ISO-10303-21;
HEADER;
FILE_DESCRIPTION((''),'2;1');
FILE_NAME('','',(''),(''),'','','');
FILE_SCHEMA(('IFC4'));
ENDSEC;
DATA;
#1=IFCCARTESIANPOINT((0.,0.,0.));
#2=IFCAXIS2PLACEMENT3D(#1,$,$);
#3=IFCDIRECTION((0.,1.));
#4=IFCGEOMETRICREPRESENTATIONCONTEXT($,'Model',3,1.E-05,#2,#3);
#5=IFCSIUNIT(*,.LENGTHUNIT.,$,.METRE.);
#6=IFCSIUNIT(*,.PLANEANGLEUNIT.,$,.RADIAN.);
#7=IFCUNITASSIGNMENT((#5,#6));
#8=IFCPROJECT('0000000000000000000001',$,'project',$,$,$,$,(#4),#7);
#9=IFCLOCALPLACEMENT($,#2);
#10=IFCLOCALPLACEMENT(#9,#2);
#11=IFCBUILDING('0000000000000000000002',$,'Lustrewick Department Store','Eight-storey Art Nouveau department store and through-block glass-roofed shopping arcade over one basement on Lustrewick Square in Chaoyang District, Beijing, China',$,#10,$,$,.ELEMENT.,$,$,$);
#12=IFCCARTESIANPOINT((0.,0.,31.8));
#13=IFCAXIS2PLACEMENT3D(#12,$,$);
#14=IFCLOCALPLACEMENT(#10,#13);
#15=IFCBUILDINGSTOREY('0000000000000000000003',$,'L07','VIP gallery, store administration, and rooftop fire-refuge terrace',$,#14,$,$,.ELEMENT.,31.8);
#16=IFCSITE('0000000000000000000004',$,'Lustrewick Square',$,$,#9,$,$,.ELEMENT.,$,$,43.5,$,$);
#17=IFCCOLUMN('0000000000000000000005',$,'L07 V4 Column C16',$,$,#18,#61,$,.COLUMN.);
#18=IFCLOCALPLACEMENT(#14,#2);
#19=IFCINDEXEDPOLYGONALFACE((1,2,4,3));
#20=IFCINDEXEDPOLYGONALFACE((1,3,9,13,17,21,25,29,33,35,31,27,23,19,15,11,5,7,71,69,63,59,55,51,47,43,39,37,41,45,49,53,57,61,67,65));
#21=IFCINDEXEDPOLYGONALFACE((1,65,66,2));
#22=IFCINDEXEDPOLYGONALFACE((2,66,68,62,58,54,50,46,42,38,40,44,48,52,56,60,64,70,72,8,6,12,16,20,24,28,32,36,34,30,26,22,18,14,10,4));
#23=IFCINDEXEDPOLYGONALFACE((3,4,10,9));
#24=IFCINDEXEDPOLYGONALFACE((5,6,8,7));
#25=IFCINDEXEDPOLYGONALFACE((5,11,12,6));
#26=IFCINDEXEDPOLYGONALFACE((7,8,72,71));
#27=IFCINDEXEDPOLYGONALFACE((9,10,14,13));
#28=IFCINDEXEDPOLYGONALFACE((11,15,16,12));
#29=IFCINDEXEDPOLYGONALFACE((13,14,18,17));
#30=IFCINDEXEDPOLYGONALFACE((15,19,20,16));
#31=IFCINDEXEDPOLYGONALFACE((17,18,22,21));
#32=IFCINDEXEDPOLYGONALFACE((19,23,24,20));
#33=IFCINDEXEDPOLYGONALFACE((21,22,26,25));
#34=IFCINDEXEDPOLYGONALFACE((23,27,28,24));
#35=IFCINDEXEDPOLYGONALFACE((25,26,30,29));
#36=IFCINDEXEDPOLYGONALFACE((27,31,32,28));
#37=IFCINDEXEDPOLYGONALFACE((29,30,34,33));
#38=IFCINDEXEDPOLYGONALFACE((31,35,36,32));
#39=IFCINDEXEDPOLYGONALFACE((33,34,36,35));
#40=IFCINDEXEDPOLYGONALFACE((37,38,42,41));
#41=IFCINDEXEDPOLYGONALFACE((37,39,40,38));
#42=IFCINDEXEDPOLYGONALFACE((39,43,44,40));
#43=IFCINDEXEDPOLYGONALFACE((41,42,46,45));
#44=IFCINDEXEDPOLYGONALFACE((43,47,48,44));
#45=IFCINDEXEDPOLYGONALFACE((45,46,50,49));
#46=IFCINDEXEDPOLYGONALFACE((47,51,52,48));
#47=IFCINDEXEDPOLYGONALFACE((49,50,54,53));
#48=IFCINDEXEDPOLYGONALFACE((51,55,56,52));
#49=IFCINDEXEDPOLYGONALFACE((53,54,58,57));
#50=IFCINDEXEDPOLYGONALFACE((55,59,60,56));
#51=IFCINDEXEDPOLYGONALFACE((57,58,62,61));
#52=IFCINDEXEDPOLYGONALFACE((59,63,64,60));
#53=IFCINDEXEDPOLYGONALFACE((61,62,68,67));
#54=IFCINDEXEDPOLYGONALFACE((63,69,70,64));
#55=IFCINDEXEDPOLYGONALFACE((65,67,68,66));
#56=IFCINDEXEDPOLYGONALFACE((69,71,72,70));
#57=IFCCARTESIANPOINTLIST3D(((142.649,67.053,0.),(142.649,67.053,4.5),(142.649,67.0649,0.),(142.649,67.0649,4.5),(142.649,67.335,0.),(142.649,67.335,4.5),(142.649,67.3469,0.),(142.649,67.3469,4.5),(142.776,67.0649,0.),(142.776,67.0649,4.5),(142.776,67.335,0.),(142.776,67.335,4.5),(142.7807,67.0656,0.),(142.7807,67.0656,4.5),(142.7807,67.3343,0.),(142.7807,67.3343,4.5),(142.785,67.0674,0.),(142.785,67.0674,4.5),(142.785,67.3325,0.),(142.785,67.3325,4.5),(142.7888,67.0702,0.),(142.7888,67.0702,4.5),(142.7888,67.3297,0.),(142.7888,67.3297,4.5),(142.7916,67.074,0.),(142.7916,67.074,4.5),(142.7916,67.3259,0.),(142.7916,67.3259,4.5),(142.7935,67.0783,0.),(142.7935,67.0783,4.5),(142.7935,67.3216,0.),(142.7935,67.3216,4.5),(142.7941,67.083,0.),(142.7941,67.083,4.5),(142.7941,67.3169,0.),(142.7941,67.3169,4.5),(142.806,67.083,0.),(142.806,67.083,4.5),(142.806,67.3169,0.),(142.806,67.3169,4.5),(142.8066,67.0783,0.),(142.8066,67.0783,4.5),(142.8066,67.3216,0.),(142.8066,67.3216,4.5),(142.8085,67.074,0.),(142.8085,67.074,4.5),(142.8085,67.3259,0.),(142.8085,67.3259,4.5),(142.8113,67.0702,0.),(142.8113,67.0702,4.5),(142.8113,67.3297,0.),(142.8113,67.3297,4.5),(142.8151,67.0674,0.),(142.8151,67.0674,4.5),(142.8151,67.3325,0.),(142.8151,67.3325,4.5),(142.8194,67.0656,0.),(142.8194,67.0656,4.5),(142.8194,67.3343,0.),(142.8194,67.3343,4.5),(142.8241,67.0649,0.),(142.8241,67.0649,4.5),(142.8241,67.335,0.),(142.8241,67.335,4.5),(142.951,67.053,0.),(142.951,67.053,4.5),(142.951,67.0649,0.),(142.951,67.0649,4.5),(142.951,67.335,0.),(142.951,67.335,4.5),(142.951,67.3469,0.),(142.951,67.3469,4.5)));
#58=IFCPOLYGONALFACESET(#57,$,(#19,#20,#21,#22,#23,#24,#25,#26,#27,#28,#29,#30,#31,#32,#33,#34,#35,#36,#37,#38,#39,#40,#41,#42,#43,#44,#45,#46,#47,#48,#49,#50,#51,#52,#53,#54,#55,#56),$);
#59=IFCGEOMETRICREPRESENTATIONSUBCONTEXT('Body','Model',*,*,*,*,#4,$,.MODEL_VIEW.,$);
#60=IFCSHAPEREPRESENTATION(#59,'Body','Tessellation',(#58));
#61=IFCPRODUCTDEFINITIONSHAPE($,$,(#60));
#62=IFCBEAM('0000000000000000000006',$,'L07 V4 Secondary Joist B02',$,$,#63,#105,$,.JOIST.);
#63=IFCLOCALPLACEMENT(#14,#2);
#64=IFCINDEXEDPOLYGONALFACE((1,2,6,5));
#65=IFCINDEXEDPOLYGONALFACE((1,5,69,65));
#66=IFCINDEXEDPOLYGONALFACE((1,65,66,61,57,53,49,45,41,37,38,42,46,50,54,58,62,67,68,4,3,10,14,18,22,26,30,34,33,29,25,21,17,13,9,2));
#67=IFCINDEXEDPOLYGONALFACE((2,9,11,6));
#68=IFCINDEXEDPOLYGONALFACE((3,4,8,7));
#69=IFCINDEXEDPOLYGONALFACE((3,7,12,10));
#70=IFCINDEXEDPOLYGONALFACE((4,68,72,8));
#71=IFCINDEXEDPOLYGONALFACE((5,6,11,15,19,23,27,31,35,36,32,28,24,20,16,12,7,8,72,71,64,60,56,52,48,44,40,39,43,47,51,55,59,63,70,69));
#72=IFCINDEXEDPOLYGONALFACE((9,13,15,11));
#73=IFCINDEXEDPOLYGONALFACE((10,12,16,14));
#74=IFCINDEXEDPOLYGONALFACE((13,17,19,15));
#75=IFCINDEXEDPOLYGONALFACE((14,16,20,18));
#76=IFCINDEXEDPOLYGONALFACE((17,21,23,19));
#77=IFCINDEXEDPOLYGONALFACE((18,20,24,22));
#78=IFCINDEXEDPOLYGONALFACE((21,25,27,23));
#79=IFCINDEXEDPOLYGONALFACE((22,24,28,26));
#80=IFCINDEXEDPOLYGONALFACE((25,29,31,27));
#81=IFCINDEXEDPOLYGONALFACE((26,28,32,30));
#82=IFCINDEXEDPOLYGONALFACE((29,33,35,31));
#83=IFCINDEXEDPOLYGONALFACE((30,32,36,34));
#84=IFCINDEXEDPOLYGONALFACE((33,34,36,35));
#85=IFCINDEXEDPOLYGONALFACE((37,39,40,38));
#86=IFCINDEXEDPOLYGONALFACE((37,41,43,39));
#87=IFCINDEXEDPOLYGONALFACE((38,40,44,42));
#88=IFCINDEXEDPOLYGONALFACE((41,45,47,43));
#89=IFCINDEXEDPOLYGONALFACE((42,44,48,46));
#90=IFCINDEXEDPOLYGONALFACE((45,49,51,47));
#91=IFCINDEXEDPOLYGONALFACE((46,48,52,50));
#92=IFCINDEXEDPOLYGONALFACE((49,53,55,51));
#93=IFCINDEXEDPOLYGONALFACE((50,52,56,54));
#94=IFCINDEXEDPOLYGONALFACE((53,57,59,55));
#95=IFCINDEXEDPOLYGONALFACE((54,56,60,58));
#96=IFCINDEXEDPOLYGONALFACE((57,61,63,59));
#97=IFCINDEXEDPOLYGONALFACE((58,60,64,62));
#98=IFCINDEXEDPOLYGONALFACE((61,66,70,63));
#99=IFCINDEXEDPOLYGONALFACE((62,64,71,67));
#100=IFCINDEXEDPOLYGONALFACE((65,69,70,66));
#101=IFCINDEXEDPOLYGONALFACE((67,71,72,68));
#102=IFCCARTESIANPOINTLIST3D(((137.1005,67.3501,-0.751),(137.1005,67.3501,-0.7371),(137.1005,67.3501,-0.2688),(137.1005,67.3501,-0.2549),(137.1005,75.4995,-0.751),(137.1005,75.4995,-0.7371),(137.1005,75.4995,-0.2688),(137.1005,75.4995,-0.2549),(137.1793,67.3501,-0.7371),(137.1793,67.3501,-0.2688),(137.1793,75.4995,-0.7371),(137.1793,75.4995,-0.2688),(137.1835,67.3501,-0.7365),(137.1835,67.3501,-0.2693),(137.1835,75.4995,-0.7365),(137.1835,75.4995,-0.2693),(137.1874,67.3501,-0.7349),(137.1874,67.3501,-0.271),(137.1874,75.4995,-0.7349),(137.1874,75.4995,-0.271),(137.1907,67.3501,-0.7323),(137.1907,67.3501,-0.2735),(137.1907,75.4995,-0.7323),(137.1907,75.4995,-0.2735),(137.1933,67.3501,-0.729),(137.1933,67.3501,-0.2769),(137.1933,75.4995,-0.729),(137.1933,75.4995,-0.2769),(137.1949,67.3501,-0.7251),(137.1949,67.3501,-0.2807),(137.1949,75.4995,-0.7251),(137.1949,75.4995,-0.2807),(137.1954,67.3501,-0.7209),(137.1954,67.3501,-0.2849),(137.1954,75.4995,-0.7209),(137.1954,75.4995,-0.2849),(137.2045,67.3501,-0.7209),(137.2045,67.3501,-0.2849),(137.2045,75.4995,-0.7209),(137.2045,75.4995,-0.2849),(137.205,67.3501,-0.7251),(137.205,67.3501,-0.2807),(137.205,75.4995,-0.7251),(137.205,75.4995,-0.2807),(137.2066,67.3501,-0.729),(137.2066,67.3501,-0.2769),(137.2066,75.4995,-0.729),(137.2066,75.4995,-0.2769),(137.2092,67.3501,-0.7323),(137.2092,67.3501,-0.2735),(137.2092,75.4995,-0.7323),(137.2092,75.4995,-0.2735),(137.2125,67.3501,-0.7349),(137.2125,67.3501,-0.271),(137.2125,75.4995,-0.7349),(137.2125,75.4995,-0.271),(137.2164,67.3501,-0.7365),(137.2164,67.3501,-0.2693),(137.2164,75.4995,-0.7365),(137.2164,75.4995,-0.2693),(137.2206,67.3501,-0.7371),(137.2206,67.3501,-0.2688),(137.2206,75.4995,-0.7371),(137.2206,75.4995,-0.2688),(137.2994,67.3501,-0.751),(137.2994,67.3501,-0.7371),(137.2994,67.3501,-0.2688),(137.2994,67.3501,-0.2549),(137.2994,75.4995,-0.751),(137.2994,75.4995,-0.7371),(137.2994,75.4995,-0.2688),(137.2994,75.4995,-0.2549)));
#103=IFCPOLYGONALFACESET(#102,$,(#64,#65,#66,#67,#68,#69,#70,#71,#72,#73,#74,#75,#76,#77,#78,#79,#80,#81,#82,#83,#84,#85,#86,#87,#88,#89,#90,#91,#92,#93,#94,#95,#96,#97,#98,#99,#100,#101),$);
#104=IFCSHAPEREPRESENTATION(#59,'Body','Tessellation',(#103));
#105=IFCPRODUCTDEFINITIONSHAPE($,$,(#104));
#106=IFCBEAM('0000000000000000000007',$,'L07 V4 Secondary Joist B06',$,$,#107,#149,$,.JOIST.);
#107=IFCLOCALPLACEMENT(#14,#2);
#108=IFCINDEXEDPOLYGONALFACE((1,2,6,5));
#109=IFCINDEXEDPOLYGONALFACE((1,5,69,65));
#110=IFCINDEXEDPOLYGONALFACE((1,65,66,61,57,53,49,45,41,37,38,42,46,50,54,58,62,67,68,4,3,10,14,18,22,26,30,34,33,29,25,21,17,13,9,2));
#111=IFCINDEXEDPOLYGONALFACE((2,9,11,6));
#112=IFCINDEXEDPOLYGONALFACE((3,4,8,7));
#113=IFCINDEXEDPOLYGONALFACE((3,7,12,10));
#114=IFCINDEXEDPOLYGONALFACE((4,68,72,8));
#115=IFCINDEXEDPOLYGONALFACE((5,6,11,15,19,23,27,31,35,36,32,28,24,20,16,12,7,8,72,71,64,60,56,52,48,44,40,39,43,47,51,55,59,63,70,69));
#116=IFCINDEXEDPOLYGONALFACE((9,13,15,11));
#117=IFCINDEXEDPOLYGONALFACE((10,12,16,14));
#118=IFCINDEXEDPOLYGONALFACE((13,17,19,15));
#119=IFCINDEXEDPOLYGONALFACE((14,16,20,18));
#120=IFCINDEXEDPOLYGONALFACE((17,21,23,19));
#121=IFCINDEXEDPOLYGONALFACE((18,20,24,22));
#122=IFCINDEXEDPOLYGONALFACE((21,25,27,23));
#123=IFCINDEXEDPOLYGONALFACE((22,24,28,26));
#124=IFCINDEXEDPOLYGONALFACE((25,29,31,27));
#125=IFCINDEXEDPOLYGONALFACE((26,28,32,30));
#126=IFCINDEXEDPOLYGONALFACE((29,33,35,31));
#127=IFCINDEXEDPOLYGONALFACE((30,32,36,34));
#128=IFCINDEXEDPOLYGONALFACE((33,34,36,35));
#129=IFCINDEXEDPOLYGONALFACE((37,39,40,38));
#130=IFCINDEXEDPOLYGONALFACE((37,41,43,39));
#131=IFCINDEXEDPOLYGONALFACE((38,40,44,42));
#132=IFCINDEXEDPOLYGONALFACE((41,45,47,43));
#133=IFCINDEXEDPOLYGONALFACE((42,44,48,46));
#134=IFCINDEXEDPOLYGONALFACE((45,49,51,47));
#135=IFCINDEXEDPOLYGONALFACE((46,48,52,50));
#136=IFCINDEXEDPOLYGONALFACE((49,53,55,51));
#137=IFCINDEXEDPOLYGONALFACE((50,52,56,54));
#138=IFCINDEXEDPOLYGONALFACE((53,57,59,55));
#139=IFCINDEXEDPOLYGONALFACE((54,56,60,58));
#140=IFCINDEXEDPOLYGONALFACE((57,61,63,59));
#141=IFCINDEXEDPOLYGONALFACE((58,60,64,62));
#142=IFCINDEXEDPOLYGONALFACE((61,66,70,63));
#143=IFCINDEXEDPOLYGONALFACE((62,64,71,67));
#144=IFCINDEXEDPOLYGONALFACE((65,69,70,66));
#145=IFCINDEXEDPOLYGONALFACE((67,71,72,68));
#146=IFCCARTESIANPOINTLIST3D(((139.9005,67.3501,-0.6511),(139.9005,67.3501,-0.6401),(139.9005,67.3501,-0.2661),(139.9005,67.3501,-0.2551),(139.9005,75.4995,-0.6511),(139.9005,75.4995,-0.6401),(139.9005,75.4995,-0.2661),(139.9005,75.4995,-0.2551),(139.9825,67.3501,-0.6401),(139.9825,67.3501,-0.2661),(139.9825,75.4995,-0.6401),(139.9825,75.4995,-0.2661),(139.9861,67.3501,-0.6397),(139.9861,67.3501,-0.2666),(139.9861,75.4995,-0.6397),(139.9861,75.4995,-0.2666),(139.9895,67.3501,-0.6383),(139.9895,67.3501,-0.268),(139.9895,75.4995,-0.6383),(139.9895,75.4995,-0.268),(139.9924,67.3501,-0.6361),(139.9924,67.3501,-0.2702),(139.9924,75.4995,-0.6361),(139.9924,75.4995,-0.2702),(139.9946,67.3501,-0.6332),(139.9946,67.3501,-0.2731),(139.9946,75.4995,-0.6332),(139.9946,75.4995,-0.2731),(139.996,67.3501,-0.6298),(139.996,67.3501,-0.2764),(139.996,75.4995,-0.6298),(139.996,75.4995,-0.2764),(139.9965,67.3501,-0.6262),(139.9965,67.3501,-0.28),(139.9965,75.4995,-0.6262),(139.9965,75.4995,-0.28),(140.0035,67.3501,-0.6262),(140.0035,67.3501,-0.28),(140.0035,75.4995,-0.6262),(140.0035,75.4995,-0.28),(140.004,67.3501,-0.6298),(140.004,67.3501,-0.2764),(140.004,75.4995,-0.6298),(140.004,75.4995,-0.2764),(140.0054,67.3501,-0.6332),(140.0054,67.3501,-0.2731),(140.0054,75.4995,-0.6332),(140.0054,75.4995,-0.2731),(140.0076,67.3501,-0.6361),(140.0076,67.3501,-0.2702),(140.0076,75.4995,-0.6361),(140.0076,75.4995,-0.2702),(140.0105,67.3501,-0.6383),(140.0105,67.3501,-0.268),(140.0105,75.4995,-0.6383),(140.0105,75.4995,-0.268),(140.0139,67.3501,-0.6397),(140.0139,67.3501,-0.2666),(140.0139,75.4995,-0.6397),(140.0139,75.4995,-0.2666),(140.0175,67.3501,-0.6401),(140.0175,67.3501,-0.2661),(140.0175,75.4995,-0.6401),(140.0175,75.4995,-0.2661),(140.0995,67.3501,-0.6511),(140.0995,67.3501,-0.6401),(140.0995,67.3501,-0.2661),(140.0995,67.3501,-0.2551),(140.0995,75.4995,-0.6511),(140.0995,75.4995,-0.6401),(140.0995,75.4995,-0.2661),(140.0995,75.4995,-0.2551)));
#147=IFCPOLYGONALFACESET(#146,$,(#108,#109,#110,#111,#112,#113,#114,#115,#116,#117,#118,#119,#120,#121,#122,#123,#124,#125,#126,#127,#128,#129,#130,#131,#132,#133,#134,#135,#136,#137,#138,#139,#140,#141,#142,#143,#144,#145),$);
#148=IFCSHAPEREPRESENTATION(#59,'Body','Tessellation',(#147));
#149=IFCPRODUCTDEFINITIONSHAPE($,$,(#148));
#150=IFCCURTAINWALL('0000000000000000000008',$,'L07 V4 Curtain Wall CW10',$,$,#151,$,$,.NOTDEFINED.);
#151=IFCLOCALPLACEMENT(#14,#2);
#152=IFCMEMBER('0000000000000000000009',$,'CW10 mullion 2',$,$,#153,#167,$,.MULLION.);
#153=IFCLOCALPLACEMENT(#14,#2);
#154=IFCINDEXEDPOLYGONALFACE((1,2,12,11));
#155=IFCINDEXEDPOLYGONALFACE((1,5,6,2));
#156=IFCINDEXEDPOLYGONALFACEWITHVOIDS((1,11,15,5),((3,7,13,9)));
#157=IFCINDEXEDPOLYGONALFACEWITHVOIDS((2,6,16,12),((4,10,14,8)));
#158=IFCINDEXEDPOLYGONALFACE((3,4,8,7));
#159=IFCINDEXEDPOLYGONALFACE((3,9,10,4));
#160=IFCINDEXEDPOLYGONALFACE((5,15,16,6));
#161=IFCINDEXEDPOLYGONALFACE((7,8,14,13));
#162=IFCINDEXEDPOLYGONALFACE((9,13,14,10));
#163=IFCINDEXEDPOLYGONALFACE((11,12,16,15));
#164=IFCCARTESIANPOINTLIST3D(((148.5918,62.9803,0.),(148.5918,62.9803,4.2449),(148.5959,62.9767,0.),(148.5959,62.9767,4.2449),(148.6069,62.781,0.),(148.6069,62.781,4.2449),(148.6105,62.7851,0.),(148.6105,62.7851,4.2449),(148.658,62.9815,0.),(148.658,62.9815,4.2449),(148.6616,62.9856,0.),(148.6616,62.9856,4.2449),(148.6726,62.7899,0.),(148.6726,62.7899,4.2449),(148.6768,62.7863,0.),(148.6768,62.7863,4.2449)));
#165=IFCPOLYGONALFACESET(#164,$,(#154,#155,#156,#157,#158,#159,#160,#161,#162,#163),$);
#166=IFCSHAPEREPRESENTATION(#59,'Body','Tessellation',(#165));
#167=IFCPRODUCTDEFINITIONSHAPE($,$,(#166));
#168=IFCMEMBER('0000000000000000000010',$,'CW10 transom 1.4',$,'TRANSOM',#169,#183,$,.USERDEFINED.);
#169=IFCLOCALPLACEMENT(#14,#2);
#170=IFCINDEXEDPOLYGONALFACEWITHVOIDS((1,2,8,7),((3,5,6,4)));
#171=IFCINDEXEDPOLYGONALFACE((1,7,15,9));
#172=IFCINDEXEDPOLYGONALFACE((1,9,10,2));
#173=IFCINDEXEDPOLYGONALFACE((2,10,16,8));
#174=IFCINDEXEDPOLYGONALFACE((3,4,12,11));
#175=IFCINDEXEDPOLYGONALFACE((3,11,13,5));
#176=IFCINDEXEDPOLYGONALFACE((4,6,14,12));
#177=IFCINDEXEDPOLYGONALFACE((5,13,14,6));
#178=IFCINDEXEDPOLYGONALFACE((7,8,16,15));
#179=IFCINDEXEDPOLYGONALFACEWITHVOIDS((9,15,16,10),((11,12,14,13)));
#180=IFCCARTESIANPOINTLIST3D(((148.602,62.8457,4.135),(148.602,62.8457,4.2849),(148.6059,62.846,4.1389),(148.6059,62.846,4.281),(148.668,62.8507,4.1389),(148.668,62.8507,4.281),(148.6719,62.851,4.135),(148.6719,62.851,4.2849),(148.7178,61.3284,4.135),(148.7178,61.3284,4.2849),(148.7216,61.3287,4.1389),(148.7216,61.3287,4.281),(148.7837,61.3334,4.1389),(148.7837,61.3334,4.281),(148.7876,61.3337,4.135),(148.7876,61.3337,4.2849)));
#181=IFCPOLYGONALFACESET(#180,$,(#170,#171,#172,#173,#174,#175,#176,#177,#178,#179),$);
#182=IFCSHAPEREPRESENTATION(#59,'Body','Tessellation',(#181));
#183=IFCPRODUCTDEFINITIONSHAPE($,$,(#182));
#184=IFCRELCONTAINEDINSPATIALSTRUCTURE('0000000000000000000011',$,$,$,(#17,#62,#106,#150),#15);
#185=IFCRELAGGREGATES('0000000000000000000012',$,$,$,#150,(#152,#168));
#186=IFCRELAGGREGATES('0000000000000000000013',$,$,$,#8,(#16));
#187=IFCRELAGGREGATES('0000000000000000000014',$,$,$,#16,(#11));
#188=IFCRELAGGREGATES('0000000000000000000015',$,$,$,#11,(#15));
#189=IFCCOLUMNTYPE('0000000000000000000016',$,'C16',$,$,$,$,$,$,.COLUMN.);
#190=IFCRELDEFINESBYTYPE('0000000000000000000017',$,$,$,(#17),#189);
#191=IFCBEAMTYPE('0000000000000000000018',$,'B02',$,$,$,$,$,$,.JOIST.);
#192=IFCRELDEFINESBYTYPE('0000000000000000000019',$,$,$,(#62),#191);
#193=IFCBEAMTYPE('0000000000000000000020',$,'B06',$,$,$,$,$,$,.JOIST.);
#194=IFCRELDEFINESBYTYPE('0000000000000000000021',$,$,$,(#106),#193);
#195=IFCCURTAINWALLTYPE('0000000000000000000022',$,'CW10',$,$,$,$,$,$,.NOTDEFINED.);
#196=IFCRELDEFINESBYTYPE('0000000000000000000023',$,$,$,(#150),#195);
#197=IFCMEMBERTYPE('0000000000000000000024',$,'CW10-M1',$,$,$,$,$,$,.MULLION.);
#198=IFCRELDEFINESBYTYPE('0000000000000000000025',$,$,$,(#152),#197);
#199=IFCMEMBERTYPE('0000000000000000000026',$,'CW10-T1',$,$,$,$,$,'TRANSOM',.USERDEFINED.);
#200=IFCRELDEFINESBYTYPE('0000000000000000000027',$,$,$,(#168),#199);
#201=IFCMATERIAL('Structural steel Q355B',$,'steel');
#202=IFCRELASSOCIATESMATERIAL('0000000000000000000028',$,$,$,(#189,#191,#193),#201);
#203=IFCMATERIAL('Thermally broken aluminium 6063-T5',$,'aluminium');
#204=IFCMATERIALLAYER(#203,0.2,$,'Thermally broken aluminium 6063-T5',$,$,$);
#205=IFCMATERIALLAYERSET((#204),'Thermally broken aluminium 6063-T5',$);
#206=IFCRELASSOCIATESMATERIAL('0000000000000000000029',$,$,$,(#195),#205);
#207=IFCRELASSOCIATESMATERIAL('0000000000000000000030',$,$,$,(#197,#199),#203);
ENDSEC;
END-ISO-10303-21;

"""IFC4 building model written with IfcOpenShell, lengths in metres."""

from ifc_helpers import new_model, si_unit, direction, frame, origin, origin_2d, place, context, subcontext, project, spatial, hollow_rectangle, i_section, extrude, material, layer, layer_set, material_profile, profile_set, type_object, element, aggregate, save


model = new_model("IFC4")

# Units and contexts
model_context = context("Model", 3, precision=1e-05, world=origin(), true_north=direction((0.0, 1.0)))
body_context = subcontext(model_context, "Body", "Model", "MODEL_VIEW")
ifc_project = project(units=[si_unit("LENGTHUNIT", "METRE"), si_unit("PLANEANGLEUNIT", "RADIAN")], contexts=[model_context])

# Site, building, storey
site_placement = place(None, origin())
site = spatial("IfcSite", under=ifc_project, at=site_placement, Name="Lustrewick Square", CompositionType="ELEMENT", RefElevation=43.5)
building_placement = place(site_placement, origin())
building = spatial("IfcBuilding", under=site, at=building_placement, Name="Lustrewick Department Store", Description="Eight-storey Art Nouveau department store and through-block glass-roofed shopping arcade over one basement on Lustrewick Square in Chaoyang District, Beijing, China", CompositionType="ELEMENT")
storey_placement = place(building_placement, frame((0.0, 0.0, 31.8)))
storey = spatial("IfcBuildingStorey", under=building, at=storey_placement, Name="L07", Description="VIP gallery, store administration, and rooftop fire-refuge terrace", CompositionType="ELEMENT", Elevation=31.8)

# Column
ifc_material_1 = material(Name="Structural steel Q355B", Category="steel")
ifc_material_profile_1 = material_profile(ifc_material_1, i_section(OverallWidth=0.302, OverallDepth=0.2939, WebThickness=0.012, FlangeThickness=0.012, FilletRadius=0.0181, at=origin_2d()), Name="HW 294x302x12x12")
ifc_profile_set_1 = profile_set([ifc_material_profile_1], Name="Structural steel Q355B")
column_type = type_object("IfcColumnType", Name="C16", PredefinedType="COLUMN", material=ifc_profile_set_1)
column_placement = place(storey_placement, frame((142.8, 67.2, 0.0), z_axis=(0.0, 0.0, 1.0), x_axis=(1.0, 0.0, 0.0)))
element("IfcColumn", 1, at=column_placement, inside=storey, type_object=column_type, Name="L07 V4 Column C16", PredefinedType="COLUMN", context=body_context, shape_type="SweptSolid", body=[
    extrude(i_section(OverallWidth=0.302, OverallDepth=0.2939, WebThickness=0.012, FlangeThickness=0.012, FilletRadius=0.0181, at=origin_2d()), origin(), (0.0, 0.0, 1.0), 4.5),
])

# Beams
ifc_material_profile_2 = material_profile(ifc_material_1, i_section(OverallWidth=0.199, OverallDepth=0.4961, WebThickness=0.009, FlangeThickness=0.0139, FilletRadius=0.0161, at=origin_2d()), Name="HN 496x199x9x14")
ifc_profile_set_2 = profile_set([ifc_material_profile_2], Name="Structural steel Q355B")
beam_type_1 = type_object("IfcBeamType", Name="B02", PredefinedType="JOIST", material=ifc_profile_set_2)
beam_1_placement = place(storey_placement, frame((137.2, 67.3501, -0.5029), z_axis=(0.0, 1.0, 0.0), x_axis=(-1.0, 0.0, 0.0)))
element("IfcBeam", 2, at=beam_1_placement, inside=storey, type_object=beam_type_1, Name="L07 V4 Secondary Joist B02", PredefinedType="JOIST", context=body_context, shape_type="SweptSolid", body=[
    extrude(i_section(OverallWidth=0.199, OverallDepth=0.4961, WebThickness=0.009, FlangeThickness=0.0139, FilletRadius=0.0161, at=origin_2d()), origin(), (0.0, 0.0, 1.0), 8.1494),
])
ifc_material_profile_3 = material_profile(ifc_material_1, i_section(OverallWidth=0.199, OverallDepth=0.396, WebThickness=0.0071, FlangeThickness=0.011, FilletRadius=0.0139, at=origin_2d()), Name="HN 396x199x7x11")
ifc_profile_set_3 = profile_set([ifc_material_profile_3], Name="Structural steel Q355B")
beam_type_2 = type_object("IfcBeamType", Name="B06", PredefinedType="JOIST", material=ifc_profile_set_3)
beam_2_placement = place(storey_placement, frame((140.0, 67.3501, -0.4531), z_axis=(0.0, 1.0, 0.0), x_axis=(-1.0, 0.0, 0.0)))
element("IfcBeam", 3, at=beam_2_placement, inside=storey, type_object=beam_type_2, Name="L07 V4 Secondary Joist B06", PredefinedType="JOIST", context=body_context, shape_type="SweptSolid", body=[
    extrude(i_section(OverallWidth=0.199, OverallDepth=0.396, WebThickness=0.0071, FlangeThickness=0.011, FilletRadius=0.0139, at=origin_2d()), origin(), (0.0, 0.0, 1.0), 8.1494),
])

# Curtain wall, members
ifc_material_2 = material(Name="Thermally broken aluminium 6063-T5", Category="aluminium")
ifc_layer_1 = layer(ifc_material_2, 0.2, Name="Thermally broken aluminium 6063-T5")
ifc_layer_set_1 = layer_set([ifc_layer_1], Name="Thermally broken aluminium 6063-T5")
curtain_wall_type_1 = type_object("IfcCurtainWallType", Name="CW10", PredefinedType="NOTDEFINED", material=ifc_layer_set_1)
curtain_wall_1_placement = place(storey_placement, origin())
curtain_wall_1 = element("IfcCurtainWall", 4, at=curtain_wall_1_placement, inside=storey, type_object=curtain_wall_type_1, Name="L07 V4 Curtain Wall CW10", PredefinedType="NOTDEFINED")
ifc_material_profile_4 = material_profile(ifc_material_2, hollow_rectangle(XDim=0.0701, YDim=0.2, WallThickness=0.0039, at=origin_2d()), Name="ALU-M 70x200x4")
ifc_profile_set_4 = profile_set([ifc_material_profile_4], Name="Thermally broken aluminium 6063-T5")
member_type_1 = type_object("IfcMemberType", Name="CW10-M1", PredefinedType="MULLION", material=ifc_profile_set_4)
member_1_placement = place(storey_placement, frame((148.6343, 62.8833, 0.0), z_axis=(0.0, 0.0, 1.0), x_axis=(-0.997112, -0.075942, 0.0)))
member_1 = element("IfcMember", 5, at=member_1_placement, type_object=member_type_1, Name="CW10 mullion 2", PredefinedType="MULLION", context=body_context, shape_type="SweptSolid", body=[
    extrude(hollow_rectangle(XDim=0.0701, YDim=0.2, WallThickness=0.0039, at=origin_2d()), origin(), (0.0, 0.0, 1.0), 4.2449),
])
ifc_material_profile_5 = material_profile(ifc_material_2, hollow_rectangle(XDim=0.0701, YDim=0.1499, WallThickness=0.0039, at=origin_2d()), Name="ALU-T 70x150x4")
ifc_profile_set_5 = profile_set([ifc_material_profile_5], Name="Thermally broken aluminium 6063-T5")
member_type_2 = type_object("IfcMemberType", Name="CW10-T1", ElementType="TRANSOM", PredefinedType="USERDEFINED", material=ifc_profile_set_5)
member_2_placement = place(storey_placement, frame((148.7527, 61.3311, 4.21), z_axis=(-0.076046, 0.997104, 0.0), x_axis=(-0.997104, -0.076046, 0.0)))
member_2 = element("IfcMember", 6, at=member_2_placement, type_object=member_type_2, Name="CW10 transom 1.4", ObjectType="TRANSOM", PredefinedType="USERDEFINED", context=body_context, shape_type="SweptSolid", body=[
    extrude(hollow_rectangle(XDim=0.0701, YDim=0.1499, WallThickness=0.0039, at=origin_2d()), origin(), (0.0, 0.0, 1.0), 1.5217),
])

aggregate(curtain_wall_1, [member_1, member_2])

save(model, "model.ifc")
